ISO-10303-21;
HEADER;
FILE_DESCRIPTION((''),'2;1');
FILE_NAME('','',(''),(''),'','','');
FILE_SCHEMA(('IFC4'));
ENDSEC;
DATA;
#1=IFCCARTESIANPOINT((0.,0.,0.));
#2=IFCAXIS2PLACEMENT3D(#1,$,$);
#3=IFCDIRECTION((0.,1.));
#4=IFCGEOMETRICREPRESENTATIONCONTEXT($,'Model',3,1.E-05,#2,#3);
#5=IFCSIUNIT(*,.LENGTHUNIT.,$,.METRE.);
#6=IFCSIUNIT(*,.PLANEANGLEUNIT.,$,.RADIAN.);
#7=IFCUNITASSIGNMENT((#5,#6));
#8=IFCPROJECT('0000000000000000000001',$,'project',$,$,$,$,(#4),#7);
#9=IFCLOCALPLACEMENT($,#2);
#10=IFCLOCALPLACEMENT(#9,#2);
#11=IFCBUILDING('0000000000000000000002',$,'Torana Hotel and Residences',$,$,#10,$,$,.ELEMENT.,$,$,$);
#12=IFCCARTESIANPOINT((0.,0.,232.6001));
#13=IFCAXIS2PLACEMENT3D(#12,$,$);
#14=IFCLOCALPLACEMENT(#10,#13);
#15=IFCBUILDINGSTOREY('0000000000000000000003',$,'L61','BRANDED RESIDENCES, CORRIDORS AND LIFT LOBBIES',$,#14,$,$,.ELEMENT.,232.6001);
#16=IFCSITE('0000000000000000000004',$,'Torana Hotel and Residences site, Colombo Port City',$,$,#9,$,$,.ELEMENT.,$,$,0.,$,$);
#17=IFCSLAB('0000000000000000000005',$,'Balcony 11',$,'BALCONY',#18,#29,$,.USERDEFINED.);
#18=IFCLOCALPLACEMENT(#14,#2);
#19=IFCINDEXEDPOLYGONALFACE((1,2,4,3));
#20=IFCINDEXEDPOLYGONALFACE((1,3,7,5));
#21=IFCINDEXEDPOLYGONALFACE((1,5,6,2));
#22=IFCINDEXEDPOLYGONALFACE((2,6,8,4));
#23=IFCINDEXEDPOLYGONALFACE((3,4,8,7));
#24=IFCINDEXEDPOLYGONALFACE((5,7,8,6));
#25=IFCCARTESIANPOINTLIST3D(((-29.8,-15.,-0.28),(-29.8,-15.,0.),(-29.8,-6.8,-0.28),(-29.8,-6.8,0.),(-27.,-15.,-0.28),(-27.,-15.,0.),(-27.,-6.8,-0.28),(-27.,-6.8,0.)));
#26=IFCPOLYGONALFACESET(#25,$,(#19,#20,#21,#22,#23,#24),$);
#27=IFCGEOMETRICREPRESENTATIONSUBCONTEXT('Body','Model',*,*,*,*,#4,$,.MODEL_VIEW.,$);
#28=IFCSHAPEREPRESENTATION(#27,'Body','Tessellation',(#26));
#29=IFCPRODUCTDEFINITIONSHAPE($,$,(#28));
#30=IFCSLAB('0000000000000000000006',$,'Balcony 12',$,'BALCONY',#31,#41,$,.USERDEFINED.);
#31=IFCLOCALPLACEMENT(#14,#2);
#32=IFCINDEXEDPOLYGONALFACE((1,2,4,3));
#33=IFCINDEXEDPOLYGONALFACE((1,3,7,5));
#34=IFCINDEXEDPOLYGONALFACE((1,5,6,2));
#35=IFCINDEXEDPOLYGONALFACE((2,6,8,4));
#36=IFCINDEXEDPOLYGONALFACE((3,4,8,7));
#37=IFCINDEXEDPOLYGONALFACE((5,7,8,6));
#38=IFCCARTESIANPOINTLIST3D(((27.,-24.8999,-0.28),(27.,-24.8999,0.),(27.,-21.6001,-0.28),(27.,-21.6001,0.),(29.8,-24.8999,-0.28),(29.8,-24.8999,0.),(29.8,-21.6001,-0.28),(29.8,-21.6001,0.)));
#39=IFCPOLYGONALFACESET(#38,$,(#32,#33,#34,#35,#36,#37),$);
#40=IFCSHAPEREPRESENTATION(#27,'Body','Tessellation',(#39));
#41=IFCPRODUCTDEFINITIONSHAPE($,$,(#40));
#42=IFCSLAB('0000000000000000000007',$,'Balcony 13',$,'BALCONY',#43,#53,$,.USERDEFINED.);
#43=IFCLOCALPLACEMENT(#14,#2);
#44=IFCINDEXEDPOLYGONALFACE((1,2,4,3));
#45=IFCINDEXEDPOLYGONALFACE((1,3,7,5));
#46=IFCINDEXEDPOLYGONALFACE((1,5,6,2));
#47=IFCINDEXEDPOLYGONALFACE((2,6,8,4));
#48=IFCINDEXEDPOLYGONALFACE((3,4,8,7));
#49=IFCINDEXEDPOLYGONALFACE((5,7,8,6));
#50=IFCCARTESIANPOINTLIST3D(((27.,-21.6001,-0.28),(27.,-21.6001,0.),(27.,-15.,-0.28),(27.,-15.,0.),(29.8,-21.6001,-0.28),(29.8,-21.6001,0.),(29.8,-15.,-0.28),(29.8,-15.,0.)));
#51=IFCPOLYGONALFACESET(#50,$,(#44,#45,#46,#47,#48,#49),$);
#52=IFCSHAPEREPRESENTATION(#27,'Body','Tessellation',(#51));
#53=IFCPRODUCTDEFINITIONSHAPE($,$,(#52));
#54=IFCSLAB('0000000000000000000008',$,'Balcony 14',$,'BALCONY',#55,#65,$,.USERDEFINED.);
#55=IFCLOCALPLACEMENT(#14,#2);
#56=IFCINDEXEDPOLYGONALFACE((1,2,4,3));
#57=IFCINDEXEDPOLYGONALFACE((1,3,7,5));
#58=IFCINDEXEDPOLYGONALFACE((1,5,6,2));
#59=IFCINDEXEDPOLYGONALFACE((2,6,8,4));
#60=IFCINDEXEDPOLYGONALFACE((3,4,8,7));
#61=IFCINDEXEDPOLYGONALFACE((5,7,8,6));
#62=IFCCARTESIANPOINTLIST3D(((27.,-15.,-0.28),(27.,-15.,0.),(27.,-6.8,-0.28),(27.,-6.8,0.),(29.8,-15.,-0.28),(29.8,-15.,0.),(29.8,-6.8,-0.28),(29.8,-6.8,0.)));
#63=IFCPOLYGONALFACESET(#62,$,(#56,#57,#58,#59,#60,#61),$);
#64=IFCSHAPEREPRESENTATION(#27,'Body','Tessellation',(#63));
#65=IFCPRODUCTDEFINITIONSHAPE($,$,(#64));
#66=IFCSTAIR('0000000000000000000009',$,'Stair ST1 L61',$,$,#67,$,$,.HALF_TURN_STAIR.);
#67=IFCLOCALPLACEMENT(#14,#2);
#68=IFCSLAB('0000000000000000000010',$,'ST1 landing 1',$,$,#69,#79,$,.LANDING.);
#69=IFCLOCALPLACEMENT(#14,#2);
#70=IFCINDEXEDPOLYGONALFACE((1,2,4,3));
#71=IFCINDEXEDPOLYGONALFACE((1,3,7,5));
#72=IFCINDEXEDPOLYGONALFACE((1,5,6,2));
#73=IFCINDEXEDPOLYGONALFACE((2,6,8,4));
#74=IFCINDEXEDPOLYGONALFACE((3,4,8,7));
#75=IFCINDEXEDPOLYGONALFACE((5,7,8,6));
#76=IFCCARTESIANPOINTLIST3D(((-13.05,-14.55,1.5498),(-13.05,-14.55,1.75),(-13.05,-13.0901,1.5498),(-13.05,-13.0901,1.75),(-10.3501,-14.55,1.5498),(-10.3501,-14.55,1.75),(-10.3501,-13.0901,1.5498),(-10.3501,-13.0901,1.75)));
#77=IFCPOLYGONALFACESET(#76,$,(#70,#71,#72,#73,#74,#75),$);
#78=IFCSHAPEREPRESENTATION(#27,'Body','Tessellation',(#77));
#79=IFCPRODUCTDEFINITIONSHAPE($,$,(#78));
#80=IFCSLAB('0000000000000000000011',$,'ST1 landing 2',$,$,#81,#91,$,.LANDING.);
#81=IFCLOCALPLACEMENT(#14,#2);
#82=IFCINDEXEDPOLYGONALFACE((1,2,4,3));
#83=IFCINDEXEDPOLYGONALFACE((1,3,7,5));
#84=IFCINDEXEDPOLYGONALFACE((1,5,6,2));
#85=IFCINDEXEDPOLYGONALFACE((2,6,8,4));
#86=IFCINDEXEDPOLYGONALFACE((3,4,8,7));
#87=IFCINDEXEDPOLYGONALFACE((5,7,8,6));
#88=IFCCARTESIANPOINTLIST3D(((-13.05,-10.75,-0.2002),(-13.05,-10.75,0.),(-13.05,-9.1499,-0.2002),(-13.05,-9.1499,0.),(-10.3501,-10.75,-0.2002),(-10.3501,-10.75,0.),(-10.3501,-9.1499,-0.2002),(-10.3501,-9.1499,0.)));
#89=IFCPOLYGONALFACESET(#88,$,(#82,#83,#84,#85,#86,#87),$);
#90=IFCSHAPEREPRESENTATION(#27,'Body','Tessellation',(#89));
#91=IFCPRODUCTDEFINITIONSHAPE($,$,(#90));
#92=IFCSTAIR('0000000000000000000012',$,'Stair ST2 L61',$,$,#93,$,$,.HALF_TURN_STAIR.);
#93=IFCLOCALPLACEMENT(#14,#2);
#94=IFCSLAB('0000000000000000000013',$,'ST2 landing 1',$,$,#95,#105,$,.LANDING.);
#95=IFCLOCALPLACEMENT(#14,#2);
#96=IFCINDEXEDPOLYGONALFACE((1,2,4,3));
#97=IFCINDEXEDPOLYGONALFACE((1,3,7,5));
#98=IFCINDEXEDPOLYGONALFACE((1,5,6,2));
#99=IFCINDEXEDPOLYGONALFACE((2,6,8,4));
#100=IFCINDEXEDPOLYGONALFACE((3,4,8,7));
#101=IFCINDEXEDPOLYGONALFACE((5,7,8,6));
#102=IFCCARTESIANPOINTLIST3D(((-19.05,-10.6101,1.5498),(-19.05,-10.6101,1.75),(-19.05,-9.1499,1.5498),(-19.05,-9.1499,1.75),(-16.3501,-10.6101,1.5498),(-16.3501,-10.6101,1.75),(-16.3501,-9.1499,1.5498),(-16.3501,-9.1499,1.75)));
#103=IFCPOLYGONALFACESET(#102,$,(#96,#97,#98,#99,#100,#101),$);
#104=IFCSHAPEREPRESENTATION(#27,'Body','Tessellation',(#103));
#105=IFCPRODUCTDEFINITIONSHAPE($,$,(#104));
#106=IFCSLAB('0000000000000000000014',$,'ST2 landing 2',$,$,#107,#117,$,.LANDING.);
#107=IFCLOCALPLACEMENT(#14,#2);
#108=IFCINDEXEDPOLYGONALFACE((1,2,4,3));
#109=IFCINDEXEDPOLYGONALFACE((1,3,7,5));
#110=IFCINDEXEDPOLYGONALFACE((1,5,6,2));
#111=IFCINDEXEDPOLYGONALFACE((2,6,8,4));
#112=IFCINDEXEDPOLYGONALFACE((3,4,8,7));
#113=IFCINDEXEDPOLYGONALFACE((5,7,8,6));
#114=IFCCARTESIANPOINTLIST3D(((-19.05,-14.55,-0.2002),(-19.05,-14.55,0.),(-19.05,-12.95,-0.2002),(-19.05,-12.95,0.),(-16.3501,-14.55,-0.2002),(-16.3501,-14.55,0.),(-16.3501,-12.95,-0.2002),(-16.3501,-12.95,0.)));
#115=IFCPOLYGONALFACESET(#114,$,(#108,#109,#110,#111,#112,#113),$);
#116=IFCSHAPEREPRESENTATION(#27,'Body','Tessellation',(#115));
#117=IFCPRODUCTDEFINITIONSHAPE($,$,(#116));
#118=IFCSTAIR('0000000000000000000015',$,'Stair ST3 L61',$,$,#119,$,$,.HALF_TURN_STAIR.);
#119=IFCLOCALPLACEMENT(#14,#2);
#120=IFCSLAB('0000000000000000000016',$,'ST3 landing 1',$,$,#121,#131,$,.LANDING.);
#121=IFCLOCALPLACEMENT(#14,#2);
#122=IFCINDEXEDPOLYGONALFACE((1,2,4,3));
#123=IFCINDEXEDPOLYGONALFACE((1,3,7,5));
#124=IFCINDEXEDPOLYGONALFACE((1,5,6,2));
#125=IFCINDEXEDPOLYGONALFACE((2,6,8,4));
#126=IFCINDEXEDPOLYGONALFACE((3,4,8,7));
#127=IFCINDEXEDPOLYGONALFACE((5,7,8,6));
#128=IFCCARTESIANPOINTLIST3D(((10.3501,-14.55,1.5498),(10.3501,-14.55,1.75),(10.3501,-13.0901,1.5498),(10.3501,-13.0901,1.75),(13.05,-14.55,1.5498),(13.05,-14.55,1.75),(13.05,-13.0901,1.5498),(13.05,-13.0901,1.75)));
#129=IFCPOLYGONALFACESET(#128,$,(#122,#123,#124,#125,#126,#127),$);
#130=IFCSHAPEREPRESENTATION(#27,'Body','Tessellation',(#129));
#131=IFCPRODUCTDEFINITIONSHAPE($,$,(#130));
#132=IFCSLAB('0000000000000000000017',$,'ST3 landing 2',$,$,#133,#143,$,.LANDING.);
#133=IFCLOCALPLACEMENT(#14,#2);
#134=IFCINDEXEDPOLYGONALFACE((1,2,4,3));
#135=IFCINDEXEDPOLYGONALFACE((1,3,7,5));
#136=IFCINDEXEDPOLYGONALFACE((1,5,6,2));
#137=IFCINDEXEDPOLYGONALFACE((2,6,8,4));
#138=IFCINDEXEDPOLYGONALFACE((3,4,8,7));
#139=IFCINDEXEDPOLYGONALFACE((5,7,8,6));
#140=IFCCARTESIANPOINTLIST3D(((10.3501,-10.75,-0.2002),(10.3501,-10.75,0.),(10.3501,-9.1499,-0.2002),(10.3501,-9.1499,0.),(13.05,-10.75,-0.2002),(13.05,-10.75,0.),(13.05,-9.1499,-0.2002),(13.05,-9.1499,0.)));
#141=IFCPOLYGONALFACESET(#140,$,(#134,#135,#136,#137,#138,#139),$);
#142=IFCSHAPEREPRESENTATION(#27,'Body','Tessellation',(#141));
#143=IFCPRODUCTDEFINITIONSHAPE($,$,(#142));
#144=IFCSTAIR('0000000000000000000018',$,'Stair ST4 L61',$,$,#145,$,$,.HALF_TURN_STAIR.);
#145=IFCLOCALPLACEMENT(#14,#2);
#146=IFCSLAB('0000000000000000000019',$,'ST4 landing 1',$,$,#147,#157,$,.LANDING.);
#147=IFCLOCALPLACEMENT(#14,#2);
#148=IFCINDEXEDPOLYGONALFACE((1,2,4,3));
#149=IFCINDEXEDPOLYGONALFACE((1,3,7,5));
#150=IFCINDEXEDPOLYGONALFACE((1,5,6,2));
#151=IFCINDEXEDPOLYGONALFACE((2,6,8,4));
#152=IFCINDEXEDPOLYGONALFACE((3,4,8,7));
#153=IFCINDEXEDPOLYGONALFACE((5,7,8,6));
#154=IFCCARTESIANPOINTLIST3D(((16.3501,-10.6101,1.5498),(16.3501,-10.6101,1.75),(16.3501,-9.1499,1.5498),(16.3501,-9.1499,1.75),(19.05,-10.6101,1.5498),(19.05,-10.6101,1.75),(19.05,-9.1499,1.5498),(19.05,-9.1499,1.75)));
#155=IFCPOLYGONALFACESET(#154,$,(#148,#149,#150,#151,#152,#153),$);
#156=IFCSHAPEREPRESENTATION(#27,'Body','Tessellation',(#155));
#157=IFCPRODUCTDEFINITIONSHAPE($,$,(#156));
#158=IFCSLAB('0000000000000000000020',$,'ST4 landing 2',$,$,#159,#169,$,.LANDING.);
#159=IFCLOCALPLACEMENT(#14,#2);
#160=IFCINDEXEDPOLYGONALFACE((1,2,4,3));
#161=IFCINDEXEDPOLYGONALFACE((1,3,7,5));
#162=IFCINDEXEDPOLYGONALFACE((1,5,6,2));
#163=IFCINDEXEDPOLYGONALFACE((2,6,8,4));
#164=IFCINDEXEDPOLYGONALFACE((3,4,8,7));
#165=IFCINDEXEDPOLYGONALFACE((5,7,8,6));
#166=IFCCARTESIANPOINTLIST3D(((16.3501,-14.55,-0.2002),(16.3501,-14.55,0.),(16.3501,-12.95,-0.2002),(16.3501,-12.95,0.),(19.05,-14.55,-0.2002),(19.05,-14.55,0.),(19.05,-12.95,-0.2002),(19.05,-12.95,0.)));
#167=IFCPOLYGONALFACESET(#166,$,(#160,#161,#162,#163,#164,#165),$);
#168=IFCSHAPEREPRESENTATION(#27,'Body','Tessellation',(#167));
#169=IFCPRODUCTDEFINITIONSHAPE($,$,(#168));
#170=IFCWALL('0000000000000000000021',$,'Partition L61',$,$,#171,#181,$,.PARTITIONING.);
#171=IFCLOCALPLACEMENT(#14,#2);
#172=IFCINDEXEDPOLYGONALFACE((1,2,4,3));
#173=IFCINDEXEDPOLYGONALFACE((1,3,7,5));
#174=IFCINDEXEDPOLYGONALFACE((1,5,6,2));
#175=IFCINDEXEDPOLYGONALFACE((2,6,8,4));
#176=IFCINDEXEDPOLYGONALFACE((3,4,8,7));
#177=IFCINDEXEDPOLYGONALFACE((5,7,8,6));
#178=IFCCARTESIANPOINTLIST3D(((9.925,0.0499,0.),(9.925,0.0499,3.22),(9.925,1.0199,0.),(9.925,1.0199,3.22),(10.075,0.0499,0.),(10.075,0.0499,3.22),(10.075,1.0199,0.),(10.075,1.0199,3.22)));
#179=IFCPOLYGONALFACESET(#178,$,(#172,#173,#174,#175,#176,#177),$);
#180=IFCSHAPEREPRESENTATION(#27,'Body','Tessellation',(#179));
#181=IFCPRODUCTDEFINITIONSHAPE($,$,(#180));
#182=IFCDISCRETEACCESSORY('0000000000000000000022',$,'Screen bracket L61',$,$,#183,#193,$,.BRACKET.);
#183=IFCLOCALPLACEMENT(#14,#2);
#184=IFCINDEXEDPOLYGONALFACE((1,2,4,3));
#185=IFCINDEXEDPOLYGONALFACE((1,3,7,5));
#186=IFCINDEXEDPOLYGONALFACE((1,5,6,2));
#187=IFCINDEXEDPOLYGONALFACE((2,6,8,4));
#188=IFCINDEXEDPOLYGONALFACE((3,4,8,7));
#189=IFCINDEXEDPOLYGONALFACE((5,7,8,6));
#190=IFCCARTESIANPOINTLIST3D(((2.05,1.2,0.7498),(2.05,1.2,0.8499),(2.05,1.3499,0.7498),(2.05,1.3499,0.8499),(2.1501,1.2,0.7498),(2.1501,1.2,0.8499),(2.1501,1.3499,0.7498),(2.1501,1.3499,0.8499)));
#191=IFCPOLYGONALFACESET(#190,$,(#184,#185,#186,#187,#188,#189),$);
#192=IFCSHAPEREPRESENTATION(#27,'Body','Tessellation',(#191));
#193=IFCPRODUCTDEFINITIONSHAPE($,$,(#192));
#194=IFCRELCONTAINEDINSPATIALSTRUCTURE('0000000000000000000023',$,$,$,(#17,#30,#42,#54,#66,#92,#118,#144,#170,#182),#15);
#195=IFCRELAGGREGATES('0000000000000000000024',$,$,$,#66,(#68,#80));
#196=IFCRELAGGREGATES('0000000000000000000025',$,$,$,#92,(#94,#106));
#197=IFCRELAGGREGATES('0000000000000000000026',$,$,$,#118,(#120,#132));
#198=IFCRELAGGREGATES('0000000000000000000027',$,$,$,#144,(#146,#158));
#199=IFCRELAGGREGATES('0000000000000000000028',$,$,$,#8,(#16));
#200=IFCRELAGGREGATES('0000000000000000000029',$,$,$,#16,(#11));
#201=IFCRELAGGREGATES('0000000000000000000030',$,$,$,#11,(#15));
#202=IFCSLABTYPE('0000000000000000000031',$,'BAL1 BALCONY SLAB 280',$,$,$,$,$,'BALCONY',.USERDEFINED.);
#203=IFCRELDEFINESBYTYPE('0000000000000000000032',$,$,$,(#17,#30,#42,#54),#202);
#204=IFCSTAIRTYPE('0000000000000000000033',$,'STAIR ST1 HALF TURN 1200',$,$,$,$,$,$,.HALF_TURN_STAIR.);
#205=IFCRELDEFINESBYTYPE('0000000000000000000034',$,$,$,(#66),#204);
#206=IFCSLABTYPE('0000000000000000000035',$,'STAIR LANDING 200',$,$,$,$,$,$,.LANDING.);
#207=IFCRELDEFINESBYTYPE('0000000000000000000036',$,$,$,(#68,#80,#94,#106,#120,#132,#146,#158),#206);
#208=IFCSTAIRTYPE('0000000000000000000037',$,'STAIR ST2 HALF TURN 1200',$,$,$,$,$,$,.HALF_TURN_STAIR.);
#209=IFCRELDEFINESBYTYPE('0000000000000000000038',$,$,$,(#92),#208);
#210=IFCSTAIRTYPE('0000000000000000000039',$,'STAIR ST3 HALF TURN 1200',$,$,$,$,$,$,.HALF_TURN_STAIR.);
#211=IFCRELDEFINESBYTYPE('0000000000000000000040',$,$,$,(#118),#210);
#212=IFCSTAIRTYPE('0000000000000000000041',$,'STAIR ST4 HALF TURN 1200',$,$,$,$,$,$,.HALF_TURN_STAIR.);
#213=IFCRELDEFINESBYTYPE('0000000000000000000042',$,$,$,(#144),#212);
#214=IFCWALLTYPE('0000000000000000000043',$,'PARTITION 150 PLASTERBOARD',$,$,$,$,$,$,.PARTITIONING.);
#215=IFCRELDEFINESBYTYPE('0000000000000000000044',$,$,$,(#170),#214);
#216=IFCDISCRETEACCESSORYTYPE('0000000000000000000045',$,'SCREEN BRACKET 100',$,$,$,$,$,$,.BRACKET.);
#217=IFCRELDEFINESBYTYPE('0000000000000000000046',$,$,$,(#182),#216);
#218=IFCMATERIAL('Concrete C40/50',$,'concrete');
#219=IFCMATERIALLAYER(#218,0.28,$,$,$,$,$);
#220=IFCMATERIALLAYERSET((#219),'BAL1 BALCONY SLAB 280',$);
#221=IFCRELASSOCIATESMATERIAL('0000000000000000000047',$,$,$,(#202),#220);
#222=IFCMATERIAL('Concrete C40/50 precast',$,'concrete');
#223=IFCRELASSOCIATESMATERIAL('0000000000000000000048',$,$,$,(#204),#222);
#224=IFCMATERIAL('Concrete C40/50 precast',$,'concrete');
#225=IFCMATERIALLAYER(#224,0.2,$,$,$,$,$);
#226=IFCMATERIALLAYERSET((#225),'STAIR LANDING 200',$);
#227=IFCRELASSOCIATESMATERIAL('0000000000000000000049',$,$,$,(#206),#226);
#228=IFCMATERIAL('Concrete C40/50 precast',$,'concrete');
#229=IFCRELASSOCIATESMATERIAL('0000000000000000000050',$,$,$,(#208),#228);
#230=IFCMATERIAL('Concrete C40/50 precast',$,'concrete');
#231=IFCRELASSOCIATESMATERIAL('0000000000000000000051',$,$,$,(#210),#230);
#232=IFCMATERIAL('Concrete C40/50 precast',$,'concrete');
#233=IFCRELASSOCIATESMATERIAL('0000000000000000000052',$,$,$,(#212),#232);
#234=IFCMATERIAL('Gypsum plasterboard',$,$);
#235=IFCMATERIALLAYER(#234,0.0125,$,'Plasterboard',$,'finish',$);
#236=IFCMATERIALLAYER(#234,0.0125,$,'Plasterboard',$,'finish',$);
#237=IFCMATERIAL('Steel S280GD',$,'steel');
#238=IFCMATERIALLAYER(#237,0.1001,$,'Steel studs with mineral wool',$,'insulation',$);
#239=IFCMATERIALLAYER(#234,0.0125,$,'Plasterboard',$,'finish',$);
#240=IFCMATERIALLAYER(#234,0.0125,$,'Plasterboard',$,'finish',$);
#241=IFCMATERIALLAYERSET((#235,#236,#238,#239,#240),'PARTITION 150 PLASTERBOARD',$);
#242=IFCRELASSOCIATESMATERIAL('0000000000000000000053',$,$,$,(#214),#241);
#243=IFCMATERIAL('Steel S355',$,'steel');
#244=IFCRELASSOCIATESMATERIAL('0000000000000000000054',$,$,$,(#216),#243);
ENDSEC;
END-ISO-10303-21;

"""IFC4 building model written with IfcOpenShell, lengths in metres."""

from ifc_helpers import new_model, si_unit, direction, frame, frame_2d, origin, origin_2d, place, context, subcontext, project, spatial, polyline, rectangle, outline, extrude, material, layer, layer_set, type_object, element, aggregate, save


model = new_model("IFC4")

# Units and contexts
model_context = context("Model", 3, precision=1e-05, world=origin(), true_north=direction((0.0, 1.0)))
body_context = subcontext(model_context, "Body", "Model", "MODEL_VIEW")
ifc_project = project(units=[si_unit("LENGTHUNIT", "METRE"), si_unit("PLANEANGLEUNIT", "RADIAN")], contexts=[model_context])

# Site, building, storey
site_placement = place(None, origin())
site = spatial("IfcSite", under=ifc_project, at=site_placement, Name="Torana Hotel and Residences site, Colombo Port City", CompositionType="ELEMENT", RefElevation=0.0)
building_placement = place(site_placement, origin())
building = spatial("IfcBuilding", under=site, at=building_placement, Name="Torana Hotel and Residences", CompositionType="ELEMENT")
storey_placement = place(building_placement, frame((0.0, 0.0, 232.6001)))
storey = spatial("IfcBuildingStorey", under=building, at=storey_placement, Name="L61", Description="BRANDED RESIDENCES, CORRIDORS AND LIFT LOBBIES", CompositionType="ELEMENT", Elevation=232.6001)

# Slabs
ifc_material_1 = material(Name="Concrete C40/50", Category="concrete")
ifc_layer_1 = layer(ifc_material_1, 0.28)
ifc_layer_set_1 = layer_set([ifc_layer_1], Name="BAL1 BALCONY SLAB 280")
slab_type_1 = type_object("IfcSlabType", Name="BAL1 BALCONY SLAB 280", ElementType="BALCONY", PredefinedType="USERDEFINED", material=ifc_layer_set_1)
slab_1_placement = place(storey_placement, frame((0.0, 0.0, -0.28)))
element("IfcSlab", 1, at=slab_1_placement, inside=storey, type_object=slab_type_1, Name="Balcony 11", ObjectType="BALCONY", PredefinedType="USERDEFINED", context=body_context, shape_type="SweptSolid", body=[
    extrude(outline(polyline([(-29.8, -15.0), (-27.0, -15.0), (-27.0, -6.8), (-29.8, -6.8), (-29.8, -15.0)])), origin(), (0.0, 0.0, 1.0), 0.28),
])
slab_2_placement = place(storey_placement, frame((0.0, 0.0, -0.28)))
element("IfcSlab", 2, at=slab_2_placement, inside=storey, type_object=slab_type_1, Name="Balcony 12", ObjectType="BALCONY", PredefinedType="USERDEFINED", context=body_context, shape_type="SweptSolid", body=[
    extrude(outline(polyline([(27.0, -24.8999), (29.8, -24.8999), (29.8, -21.6001), (27.0, -21.6001), (27.0, -24.8999)])), origin(), (0.0, 0.0, 1.0), 0.28),
])
slab_3_placement = place(storey_placement, frame((0.0, 0.0, -0.28)))
element("IfcSlab", 3, at=slab_3_placement, inside=storey, type_object=slab_type_1, Name="Balcony 13", ObjectType="BALCONY", PredefinedType="USERDEFINED", context=body_context, shape_type="SweptSolid", body=[
    extrude(outline(polyline([(27.0, -21.6001), (29.8, -21.6001), (29.8, -15.0), (27.0, -15.0), (27.0, -21.6001)])), origin(), (0.0, 0.0, 1.0), 0.28),
])
slab_4_placement = place(storey_placement, frame((0.0, 0.0, -0.28)))
element("IfcSlab", 4, at=slab_4_placement, inside=storey, type_object=slab_type_1, Name="Balcony 14", ObjectType="BALCONY", PredefinedType="USERDEFINED", context=body_context, shape_type="SweptSolid", body=[
    extrude(outline(polyline([(27.0, -15.0), (29.8, -15.0), (29.8, -6.8), (27.0, -6.8), (27.0, -15.0)])), origin(), (0.0, 0.0, 1.0), 0.28),
])

# Stairs, slabs
ifc_material_2 = material(Name="Concrete C40/50 precast", Category="concrete")
stair_type_1 = type_object("IfcStairType", Name="STAIR ST1 HALF TURN 1200", PredefinedType="HALF_TURN_STAIR", material=ifc_material_2)
stair_1_placement = place(storey_placement, origin())
stair_1 = element("IfcStair", 5, at=stair_1_placement, inside=storey, type_object=stair_type_1, Name="Stair ST1 L61", PredefinedType="HALF_TURN_STAIR")
ifc_material_3 = material(Name="Concrete C40/50 precast", Category="concrete")
ifc_layer_2 = layer(ifc_material_3, 0.2)
ifc_layer_set_2 = layer_set([ifc_layer_2], Name="STAIR LANDING 200")
slab_type_2 = type_object("IfcSlabType", Name="STAIR LANDING 200", PredefinedType="LANDING", material=ifc_layer_set_2)
slab_5_placement = place(storey_placement, frame((0.0, 0.0, 1.5498)))
slab_5 = element("IfcSlab", 6, at=slab_5_placement, type_object=slab_type_2, Name="ST1 landing 1", PredefinedType="LANDING", context=body_context, shape_type="SweptSolid", body=[
    extrude(outline(polyline([(-13.05, -14.55), (-10.3501, -14.55), (-10.3501, -13.0901), (-13.05, -13.0901), (-13.05, -14.55)])), origin(), (0.0, 0.0, 1.0), 0.2002),
])
slab_6_placement = place(storey_placement, frame((0.0, 0.0, -0.2002)))
slab_6 = element("IfcSlab", 7, at=slab_6_placement, type_object=slab_type_2, Name="ST1 landing 2", PredefinedType="LANDING", context=body_context, shape_type="SweptSolid", body=[
    extrude(outline(polyline([(-13.05, -10.75), (-10.3501, -10.75), (-10.3501, -9.1499), (-13.05, -9.1499), (-13.05, -10.75)])), origin(), (0.0, 0.0, 1.0), 0.2002),
])
aggregate(stair_1, [slab_5, slab_6])
ifc_material_4 = material(Name="Concrete C40/50 precast", Category="concrete")
stair_type_2 = type_object("IfcStairType", Name="STAIR ST2 HALF TURN 1200", PredefinedType="HALF_TURN_STAIR", material=ifc_material_4)
stair_2_placement = place(storey_placement, origin())
stair_2 = element("IfcStair", 8, at=stair_2_placement, inside=storey, type_object=stair_type_2, Name="Stair ST2 L61", PredefinedType="HALF_TURN_STAIR")
slab_7_placement = place(storey_placement, frame((0.0, 0.0, 1.5498)))
slab_7 = element("IfcSlab", 9, at=slab_7_placement, type_object=slab_type_2, Name="ST2 landing 1", PredefinedType="LANDING", context=body_context, shape_type="SweptSolid", body=[
    extrude(outline(polyline([(-19.05, -10.6101), (-16.3501, -10.6101), (-16.3501, -9.1499), (-19.05, -9.1499), (-19.05, -10.6101)])), origin(), (0.0, 0.0, 1.0), 0.2002),
])
slab_8_placement = place(storey_placement, frame((0.0, 0.0, -0.2002)))
slab_8 = element("IfcSlab", 10, at=slab_8_placement, type_object=slab_type_2, Name="ST2 landing 2", PredefinedType="LANDING", context=body_context, shape_type="SweptSolid", body=[
    extrude(outline(polyline([(-19.05, -14.55), (-16.3501, -14.55), (-16.3501, -12.95), (-19.05, -12.95), (-19.05, -14.55)])), origin(), (0.0, 0.0, 1.0), 0.2002),
])
aggregate(stair_2, [slab_7, slab_8])
ifc_material_5 = material(Name="Concrete C40/50 precast", Category="concrete")
stair_type_3 = type_object("IfcStairType", Name="STAIR ST3 HALF TURN 1200", PredefinedType="HALF_TURN_STAIR", material=ifc_material_5)
stair_3_placement = place(storey_placement, origin())
stair_3 = element("IfcStair", 11, at=stair_3_placement, inside=storey, type_object=stair_type_3, Name="Stair ST3 L61", PredefinedType="HALF_TURN_STAIR")
slab_9_placement = place(storey_placement, frame((0.0, 0.0, 1.5498)))
slab_9 = element("IfcSlab", 12, at=slab_9_placement, type_object=slab_type_2, Name="ST3 landing 1", PredefinedType="LANDING", context=body_context, shape_type="SweptSolid", body=[
    extrude(outline(polyline([(10.3501, -14.55), (13.05, -14.55), (13.05, -13.0901), (10.3501, -13.0901), (10.3501, -14.55)])), origin(), (0.0, 0.0, 1.0), 0.2002),
])
slab_10_placement = place(storey_placement, frame((0.0, 0.0, -0.2002)))
slab_10 = element("IfcSlab", 13, at=slab_10_placement, type_object=slab_type_2, Name="ST3 landing 2", PredefinedType="LANDING", context=body_context, shape_type="SweptSolid", body=[
    extrude(outline(polyline([(10.3501, -10.75), (13.05, -10.75), (13.05, -9.1499), (10.3501, -9.1499), (10.3501, -10.75)])), origin(), (0.0, 0.0, 1.0), 0.2002),
])
aggregate(stair_3, [slab_9, slab_10])
ifc_material_6 = material(Name="Concrete C40/50 precast", Category="concrete")
stair_type_4 = type_object("IfcStairType", Name="STAIR ST4 HALF TURN 1200", PredefinedType="HALF_TURN_STAIR", material=ifc_material_6)
stair_4_placement = place(storey_placement, origin())
stair_4 = element("IfcStair", 14, at=stair_4_placement, inside=storey, type_object=stair_type_4, Name="Stair ST4 L61", PredefinedType="HALF_TURN_STAIR")
slab_11_placement = place(storey_placement, frame((0.0, 0.0, 1.5498)))
slab_11 = element("IfcSlab", 15, at=slab_11_placement, type_object=slab_type_2, Name="ST4 landing 1", PredefinedType="LANDING", context=body_context, shape_type="SweptSolid", body=[
    extrude(outline(polyline([(16.3501, -10.6101), (19.05, -10.6101), (19.05, -9.1499), (16.3501, -9.1499), (16.3501, -10.6101)])), origin(), (0.0, 0.0, 1.0), 0.2002),
])
slab_12_placement = place(storey_placement, frame((0.0, 0.0, -0.2002)))
slab_12 = element("IfcSlab", 16, at=slab_12_placement, type_object=slab_type_2, Name="ST4 landing 2", PredefinedType="LANDING", context=body_context, shape_type="SweptSolid", body=[
    extrude(outline(polyline([(16.3501, -14.55), (19.05, -14.55), (19.05, -12.95), (16.3501, -12.95), (16.3501, -14.55)])), origin(), (0.0, 0.0, 1.0), 0.2002),
])
aggregate(stair_4, [slab_11, slab_12])

# Wall
ifc_material_7 = material(Name="Gypsum plasterboard")
ifc_layer_3 = layer(ifc_material_7, 0.0125, Name="Plasterboard", Category="finish")
ifc_layer_4 = layer(ifc_material_7, 0.0125, Name="Plasterboard", Category="finish")
ifc_material_8 = material(Name="Steel S280GD", Category="steel")
ifc_layer_5 = layer(ifc_material_8, 0.1001, Name="Steel studs with mineral wool", Category="insulation")
ifc_layer_6 = layer(ifc_material_7, 0.0125, Name="Plasterboard", Category="finish")
ifc_layer_7 = layer(ifc_material_7, 0.0125, Name="Plasterboard", Category="finish")
ifc_layer_set_3 = layer_set([ifc_layer_3, ifc_layer_4, ifc_layer_5, ifc_layer_6, ifc_layer_7], Name="PARTITION 150 PLASTERBOARD")
wall_type = type_object("IfcWallType", Name="PARTITION 150 PLASTERBOARD", PredefinedType="PARTITIONING", material=ifc_layer_set_3)
wall_placement = place(storey_placement, frame((10.0, 0.05, 0.0), z_axis=(0.0, 0.0, 1.0), x_axis=(0.0, 1.0, 0.0)))
element("IfcWall", 17, at=wall_placement, inside=storey, type_object=wall_type, Name="Partition L61", PredefinedType="PARTITIONING", context=body_context, shape_type="SweptSolid", body=[
    extrude(rectangle(XDim=0.97, YDim=0.1499, at=frame_2d((0.4849, 0.0))), origin(), (0.0, 0.0, 1.0), 3.22),
])

# Discrete accessory
ifc_material_9 = material(Name="Steel S355", Category="steel")
discrete_accessory_type = type_object("IfcDiscreteAccessoryType", Name="SCREEN BRACKET 100", PredefinedType="BRACKET", material=ifc_material_9)
for number, where, z_axis, x_axis, name in (
    (18, (2.1001, 1.2749, 0.7498), (0.0, 0.0, 1.0), (-1.0, 0.0, 0.0), "Screen bracket L61"),
):
    element("IfcDiscreteAccessory", number, at=place(storey_placement, frame(where, z_axis=z_axis, x_axis=x_axis)), inside=storey, type_object=discrete_accessory_type, Name=name, PredefinedType="BRACKET", context=body_context, shape_type="SweptSolid", body=[
        extrude(rectangle(XDim=0.1001, YDim=0.1499, at=origin_2d()), origin(), (0.0, 0.0, 1.0), 0.1001),
    ])

save(model, "model.ifc")
